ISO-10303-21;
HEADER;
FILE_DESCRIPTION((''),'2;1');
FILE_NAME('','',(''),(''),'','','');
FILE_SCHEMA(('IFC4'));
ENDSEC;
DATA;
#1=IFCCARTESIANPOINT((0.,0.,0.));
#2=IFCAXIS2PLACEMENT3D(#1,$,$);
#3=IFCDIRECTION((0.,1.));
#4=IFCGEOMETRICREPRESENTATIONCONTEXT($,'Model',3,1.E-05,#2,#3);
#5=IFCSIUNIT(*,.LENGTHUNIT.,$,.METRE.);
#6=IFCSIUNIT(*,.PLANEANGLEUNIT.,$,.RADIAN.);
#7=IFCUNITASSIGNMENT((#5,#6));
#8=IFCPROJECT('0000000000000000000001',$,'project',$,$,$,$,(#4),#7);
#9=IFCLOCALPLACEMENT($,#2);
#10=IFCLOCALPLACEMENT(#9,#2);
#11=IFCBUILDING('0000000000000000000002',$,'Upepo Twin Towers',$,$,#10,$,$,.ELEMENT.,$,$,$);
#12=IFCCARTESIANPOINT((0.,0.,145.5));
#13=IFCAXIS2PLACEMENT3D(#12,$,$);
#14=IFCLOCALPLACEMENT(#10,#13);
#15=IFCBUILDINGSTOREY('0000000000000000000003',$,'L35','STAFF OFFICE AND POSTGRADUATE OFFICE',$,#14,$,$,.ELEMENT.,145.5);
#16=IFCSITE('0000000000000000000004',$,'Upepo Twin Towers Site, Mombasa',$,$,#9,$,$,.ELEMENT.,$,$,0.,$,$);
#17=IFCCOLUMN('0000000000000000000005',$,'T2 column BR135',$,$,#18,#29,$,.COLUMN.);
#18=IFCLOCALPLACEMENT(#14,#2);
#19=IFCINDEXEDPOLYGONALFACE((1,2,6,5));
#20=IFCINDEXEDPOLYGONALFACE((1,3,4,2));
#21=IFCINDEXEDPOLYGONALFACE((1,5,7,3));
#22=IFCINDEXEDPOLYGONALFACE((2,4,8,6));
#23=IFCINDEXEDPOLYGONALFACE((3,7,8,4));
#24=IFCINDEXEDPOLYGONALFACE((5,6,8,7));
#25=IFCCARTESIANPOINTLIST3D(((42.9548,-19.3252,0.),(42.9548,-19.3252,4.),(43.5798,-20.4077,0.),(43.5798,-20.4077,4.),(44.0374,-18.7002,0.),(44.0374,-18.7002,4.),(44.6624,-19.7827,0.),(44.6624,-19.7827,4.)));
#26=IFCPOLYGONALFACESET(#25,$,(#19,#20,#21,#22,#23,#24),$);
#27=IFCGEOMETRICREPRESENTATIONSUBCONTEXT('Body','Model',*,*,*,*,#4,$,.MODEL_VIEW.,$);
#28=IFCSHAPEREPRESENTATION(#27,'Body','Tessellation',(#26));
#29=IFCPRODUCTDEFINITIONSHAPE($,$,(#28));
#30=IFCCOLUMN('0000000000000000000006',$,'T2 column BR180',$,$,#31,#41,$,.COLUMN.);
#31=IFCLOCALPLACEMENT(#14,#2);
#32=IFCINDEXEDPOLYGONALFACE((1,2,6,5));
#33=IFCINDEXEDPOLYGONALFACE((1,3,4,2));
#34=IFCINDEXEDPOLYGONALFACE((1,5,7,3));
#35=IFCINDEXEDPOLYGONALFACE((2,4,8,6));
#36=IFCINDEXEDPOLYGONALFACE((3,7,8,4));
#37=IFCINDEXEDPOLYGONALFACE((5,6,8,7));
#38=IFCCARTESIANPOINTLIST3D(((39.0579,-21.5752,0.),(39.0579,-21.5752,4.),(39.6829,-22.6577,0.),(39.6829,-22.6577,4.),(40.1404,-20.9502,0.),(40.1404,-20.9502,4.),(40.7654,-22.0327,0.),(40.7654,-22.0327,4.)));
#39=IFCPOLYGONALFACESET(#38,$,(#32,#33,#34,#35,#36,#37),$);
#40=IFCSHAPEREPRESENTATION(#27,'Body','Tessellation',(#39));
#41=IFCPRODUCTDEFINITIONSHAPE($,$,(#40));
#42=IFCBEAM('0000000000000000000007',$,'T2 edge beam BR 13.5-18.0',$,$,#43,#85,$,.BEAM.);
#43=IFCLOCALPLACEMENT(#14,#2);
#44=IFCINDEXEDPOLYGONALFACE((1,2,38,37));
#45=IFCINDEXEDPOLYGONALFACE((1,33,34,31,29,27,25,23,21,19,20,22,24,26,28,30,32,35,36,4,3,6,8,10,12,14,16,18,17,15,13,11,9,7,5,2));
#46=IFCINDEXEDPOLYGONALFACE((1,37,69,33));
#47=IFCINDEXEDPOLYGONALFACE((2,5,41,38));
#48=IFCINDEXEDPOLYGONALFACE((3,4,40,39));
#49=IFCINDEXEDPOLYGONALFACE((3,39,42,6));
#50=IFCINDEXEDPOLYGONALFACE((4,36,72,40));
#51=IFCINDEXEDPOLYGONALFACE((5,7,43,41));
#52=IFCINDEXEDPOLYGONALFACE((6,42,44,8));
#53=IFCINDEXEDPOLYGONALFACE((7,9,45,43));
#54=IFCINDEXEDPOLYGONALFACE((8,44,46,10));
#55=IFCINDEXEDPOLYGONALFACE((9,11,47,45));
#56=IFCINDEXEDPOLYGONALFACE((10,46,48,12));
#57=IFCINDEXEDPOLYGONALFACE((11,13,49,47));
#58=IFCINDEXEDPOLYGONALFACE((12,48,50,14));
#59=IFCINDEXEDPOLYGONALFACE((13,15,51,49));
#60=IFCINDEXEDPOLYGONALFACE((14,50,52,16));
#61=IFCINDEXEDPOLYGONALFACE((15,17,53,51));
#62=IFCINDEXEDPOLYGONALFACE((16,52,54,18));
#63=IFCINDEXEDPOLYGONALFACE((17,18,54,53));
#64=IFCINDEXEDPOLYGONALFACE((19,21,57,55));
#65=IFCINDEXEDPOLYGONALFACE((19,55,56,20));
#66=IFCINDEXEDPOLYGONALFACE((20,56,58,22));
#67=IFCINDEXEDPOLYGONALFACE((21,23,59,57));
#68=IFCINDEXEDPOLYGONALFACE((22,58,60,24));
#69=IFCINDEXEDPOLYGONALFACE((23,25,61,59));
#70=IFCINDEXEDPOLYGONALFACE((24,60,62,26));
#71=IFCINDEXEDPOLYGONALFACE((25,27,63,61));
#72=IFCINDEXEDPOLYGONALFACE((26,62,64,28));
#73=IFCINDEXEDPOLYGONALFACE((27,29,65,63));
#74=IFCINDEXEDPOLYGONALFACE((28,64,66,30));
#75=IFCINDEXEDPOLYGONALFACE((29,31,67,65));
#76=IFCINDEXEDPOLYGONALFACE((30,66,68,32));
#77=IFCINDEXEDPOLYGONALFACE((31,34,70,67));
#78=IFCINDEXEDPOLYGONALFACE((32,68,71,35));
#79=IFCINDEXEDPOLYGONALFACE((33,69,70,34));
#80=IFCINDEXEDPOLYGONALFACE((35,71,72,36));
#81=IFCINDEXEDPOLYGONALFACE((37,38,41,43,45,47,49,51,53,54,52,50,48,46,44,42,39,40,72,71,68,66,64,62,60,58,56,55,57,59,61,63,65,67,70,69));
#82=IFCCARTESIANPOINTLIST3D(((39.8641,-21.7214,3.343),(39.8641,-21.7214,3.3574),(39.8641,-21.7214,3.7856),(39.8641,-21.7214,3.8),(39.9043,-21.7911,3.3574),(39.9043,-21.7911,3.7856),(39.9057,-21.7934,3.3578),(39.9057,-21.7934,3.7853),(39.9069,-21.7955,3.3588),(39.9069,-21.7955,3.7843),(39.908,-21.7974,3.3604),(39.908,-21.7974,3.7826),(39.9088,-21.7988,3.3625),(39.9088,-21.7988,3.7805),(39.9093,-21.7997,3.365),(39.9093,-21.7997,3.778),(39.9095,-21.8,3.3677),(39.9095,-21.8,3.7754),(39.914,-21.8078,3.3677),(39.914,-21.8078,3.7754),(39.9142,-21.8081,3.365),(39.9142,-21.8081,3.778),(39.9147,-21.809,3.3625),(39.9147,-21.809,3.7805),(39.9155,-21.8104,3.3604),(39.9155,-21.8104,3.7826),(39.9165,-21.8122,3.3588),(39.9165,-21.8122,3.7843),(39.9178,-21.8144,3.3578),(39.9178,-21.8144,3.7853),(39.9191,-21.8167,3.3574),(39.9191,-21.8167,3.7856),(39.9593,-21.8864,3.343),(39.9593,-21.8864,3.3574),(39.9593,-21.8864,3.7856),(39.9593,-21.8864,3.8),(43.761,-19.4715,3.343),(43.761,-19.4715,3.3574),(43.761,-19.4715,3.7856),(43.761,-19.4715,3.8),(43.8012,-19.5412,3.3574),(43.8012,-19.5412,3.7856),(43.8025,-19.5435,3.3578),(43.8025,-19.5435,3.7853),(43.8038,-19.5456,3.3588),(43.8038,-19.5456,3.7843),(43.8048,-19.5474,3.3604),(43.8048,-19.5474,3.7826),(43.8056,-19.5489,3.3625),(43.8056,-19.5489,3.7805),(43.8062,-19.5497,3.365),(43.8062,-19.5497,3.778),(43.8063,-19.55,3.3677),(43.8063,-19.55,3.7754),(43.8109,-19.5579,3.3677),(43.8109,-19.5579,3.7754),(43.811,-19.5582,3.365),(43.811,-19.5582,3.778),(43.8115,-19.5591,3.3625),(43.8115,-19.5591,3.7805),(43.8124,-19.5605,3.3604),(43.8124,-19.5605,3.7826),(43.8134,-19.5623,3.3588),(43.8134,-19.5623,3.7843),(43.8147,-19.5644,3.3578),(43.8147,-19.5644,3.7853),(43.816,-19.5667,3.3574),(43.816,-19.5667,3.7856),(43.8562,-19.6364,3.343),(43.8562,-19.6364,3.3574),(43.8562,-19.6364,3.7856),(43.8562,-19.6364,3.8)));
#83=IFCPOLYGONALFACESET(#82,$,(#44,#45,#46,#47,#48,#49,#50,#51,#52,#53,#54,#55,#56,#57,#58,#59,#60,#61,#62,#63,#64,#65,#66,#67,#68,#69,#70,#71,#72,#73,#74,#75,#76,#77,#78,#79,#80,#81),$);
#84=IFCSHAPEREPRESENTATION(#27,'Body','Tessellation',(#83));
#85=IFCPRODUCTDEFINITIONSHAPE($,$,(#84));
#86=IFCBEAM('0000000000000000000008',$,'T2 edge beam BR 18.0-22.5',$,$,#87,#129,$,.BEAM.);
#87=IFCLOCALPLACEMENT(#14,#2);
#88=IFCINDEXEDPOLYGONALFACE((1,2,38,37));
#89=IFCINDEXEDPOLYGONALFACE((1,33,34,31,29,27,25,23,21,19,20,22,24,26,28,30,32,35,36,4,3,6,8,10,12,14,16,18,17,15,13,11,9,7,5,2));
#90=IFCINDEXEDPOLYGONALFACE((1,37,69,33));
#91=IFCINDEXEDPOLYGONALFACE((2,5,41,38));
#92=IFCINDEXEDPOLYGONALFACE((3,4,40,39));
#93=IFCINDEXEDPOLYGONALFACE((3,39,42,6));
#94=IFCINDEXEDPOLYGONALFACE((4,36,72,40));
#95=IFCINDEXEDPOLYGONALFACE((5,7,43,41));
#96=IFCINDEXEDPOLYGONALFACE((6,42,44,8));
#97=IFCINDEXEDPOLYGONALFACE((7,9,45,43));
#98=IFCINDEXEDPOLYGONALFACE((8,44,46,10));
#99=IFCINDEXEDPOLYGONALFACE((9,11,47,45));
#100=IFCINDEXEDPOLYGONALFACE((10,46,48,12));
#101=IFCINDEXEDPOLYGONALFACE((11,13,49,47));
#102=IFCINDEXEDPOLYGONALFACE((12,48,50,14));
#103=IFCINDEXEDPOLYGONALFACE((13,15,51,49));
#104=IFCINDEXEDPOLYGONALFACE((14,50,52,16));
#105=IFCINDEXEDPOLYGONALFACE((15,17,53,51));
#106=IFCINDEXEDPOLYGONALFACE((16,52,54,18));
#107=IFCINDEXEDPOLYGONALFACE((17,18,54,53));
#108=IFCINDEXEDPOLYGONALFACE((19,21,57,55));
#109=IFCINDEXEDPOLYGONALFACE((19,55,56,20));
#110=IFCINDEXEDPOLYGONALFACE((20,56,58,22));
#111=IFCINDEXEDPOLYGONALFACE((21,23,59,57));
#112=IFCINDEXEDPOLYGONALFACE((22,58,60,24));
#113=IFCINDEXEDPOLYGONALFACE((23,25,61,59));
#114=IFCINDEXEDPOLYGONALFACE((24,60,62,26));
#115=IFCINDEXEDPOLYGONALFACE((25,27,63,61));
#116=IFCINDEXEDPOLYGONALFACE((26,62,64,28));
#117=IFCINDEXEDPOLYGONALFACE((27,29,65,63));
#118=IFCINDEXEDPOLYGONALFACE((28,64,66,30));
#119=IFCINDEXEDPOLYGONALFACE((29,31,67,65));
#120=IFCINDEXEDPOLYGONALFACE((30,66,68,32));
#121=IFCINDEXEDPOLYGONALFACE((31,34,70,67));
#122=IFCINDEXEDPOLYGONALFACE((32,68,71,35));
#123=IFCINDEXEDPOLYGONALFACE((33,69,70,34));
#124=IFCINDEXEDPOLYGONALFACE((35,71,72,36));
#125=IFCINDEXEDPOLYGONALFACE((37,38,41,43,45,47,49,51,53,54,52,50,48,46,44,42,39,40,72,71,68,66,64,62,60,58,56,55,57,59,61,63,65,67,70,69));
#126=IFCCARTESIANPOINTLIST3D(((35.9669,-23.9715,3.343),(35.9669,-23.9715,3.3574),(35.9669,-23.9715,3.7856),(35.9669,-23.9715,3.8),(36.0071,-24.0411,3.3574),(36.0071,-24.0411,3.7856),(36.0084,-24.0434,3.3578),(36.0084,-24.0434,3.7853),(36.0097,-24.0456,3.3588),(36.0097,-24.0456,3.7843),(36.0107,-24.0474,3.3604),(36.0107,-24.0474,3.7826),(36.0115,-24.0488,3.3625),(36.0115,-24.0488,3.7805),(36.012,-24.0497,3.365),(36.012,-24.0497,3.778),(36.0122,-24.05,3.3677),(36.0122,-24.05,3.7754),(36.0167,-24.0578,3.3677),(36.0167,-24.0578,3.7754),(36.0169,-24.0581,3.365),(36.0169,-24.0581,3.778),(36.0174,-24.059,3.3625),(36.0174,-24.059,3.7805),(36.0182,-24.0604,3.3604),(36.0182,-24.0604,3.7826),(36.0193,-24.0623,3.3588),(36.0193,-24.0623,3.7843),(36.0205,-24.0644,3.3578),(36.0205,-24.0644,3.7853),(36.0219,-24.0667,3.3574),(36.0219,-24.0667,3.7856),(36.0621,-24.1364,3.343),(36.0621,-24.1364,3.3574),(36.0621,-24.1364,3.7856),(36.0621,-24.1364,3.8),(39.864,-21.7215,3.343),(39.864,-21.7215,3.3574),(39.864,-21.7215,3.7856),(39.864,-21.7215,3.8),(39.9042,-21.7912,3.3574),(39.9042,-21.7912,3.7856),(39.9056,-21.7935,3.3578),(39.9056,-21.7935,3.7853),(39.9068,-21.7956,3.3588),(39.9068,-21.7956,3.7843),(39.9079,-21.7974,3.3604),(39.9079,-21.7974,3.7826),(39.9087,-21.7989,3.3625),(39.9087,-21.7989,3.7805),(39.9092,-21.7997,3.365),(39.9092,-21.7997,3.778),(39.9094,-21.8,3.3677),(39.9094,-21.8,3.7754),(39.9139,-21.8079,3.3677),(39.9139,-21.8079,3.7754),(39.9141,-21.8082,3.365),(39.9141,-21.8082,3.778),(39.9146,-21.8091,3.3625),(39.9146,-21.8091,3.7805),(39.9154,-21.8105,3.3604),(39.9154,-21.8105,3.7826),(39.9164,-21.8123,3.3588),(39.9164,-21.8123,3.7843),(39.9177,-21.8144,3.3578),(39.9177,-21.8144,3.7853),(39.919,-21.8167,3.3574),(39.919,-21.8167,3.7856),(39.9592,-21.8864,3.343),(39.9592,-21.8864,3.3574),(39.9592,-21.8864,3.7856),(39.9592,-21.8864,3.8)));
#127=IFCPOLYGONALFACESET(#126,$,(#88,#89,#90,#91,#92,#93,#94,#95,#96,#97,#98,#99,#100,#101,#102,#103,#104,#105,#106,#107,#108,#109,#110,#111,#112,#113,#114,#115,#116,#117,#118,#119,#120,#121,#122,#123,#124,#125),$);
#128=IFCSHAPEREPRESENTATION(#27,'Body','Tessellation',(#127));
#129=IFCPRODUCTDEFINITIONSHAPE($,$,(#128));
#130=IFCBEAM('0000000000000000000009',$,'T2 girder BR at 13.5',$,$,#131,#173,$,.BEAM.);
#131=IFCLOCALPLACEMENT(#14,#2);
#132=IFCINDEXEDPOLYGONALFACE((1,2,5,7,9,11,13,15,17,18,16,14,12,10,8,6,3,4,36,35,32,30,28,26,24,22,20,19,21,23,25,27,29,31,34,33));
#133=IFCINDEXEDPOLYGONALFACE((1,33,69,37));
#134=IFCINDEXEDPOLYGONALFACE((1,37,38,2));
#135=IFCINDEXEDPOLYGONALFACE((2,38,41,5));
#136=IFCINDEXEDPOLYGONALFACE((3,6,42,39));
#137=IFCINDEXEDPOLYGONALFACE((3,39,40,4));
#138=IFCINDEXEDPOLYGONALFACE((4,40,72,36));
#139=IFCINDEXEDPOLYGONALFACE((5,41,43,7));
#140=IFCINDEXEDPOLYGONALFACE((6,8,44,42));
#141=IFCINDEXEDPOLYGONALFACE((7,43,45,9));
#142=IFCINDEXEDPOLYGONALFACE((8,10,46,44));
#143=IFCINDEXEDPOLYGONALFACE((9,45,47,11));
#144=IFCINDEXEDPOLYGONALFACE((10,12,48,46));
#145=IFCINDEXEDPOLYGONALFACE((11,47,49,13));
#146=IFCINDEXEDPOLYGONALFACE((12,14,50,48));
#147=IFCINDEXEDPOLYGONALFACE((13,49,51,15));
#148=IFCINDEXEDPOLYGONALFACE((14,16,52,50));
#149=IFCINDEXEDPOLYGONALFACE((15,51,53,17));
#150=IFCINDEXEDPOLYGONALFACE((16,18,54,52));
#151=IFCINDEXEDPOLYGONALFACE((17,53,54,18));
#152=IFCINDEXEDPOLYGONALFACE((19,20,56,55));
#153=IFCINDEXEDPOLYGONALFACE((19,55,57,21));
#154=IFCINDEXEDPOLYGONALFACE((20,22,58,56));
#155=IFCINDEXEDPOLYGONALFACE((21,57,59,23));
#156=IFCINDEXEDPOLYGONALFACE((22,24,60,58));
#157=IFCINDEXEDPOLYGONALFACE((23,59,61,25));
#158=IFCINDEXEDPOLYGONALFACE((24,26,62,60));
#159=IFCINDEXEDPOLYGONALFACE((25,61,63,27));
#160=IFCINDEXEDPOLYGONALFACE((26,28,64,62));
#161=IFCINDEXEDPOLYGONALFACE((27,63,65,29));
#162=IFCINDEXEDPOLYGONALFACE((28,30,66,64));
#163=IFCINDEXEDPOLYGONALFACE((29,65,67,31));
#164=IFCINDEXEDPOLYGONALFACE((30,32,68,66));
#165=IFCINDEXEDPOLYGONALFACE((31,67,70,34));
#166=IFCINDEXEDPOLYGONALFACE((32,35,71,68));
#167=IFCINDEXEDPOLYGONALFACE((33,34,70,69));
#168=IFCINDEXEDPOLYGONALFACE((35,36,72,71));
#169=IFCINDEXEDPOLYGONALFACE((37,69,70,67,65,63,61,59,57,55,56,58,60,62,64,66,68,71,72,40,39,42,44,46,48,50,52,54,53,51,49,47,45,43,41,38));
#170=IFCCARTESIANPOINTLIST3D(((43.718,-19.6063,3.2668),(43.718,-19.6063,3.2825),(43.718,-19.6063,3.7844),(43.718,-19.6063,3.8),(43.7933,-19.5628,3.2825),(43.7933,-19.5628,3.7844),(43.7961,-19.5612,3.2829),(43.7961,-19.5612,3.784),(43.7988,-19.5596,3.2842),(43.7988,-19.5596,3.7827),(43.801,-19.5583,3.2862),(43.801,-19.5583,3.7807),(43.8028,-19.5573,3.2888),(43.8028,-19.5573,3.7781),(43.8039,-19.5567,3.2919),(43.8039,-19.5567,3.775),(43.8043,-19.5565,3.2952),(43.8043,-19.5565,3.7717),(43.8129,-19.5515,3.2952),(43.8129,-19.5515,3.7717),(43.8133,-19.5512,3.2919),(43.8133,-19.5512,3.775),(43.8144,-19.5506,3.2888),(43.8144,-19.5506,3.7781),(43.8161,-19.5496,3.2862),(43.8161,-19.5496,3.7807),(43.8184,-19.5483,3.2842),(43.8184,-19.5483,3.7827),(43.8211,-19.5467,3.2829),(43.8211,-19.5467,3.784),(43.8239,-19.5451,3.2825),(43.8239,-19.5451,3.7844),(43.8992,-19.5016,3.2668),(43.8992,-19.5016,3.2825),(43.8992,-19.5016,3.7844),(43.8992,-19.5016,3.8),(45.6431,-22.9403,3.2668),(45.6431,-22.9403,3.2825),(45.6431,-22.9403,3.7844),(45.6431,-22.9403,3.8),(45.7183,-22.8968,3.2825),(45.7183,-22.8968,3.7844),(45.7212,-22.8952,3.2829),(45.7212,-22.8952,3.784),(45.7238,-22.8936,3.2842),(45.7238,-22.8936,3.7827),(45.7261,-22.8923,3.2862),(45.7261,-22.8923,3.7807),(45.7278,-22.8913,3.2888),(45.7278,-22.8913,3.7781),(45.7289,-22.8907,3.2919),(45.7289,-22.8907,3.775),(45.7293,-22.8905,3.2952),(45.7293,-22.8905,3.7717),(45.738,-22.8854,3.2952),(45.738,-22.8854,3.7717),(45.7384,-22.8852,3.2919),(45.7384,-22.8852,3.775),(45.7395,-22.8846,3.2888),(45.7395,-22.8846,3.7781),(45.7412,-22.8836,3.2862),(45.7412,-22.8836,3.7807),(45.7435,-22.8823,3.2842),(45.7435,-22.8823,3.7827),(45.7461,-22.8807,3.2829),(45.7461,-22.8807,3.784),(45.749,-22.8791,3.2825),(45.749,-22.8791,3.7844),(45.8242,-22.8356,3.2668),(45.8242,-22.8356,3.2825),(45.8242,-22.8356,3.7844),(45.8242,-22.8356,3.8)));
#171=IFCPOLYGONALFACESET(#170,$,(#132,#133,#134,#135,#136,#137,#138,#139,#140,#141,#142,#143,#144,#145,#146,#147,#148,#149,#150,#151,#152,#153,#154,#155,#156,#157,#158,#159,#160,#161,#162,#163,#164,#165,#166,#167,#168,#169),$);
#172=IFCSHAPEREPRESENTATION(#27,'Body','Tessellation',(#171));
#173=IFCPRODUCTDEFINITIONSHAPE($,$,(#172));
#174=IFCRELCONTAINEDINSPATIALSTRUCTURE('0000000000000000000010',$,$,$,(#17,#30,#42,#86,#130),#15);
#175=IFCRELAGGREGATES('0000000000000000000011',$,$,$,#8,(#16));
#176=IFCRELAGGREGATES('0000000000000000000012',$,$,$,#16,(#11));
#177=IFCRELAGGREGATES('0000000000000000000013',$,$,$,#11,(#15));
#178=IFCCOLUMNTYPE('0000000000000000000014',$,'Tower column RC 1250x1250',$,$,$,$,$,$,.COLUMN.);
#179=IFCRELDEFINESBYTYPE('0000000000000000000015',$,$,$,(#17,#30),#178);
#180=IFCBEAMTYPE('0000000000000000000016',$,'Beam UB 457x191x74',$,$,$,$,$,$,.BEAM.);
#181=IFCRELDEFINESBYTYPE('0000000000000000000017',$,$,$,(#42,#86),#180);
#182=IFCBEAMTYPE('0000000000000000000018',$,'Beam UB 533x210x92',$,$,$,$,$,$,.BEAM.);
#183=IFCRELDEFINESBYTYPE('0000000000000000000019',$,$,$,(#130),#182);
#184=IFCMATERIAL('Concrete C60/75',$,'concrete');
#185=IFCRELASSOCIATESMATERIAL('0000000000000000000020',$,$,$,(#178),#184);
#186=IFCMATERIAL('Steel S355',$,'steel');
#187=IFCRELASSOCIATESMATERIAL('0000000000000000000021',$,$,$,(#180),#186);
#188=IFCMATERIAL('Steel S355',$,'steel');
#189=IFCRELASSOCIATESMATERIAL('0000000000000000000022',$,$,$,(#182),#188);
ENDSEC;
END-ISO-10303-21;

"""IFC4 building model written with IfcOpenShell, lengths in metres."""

from ifc_helpers import new_model, si_unit, direction, frame, origin, origin_2d, place, context, subcontext, project, spatial, rectangle, i_section, extrude, material, material_profile, profile_set, type_object, element, save


model = new_model("IFC4")

# Units and contexts
model_context = context("Model", 3, precision=1e-05, world=origin(), true_north=direction((0.0, 1.0)))
body_context = subcontext(model_context, "Body", "Model", "MODEL_VIEW")
ifc_project = project(units=[si_unit("LENGTHUNIT", "METRE"), si_unit("PLANEANGLEUNIT", "RADIAN")], contexts=[model_context])

# Site, building, storey
site_placement = place(None, origin())
site = spatial("IfcSite", under=ifc_project, at=site_placement, Name="Upepo Twin Towers Site, Mombasa", CompositionType="ELEMENT", RefElevation=0.0)
building_placement = place(site_placement, origin())
building = spatial("IfcBuilding", under=site, at=building_placement, Name="Upepo Twin Towers", CompositionType="ELEMENT")
storey_placement = place(building_placement, frame((0.0, 0.0, 145.5)))
storey = spatial("IfcBuildingStorey", under=building, at=storey_placement, Name="L35", Description="STAFF OFFICE AND POSTGRADUATE OFFICE", CompositionType="ELEMENT", Elevation=145.5)

# Columns
ifc_material_1 = material(Name="Concrete C60/75", Category="concrete")
ifc_material_profile_1 = material_profile(ifc_material_1, rectangle(XDim=1.25, YDim=1.25, at=origin_2d()), Name="RC 1250x1250")
ifc_profile_set_1 = profile_set([ifc_material_profile_1], Name="Concrete C60/75")
column_type = type_object("IfcColumnType", Name="Tower column RC 1250x1250", PredefinedType="COLUMN", material=ifc_profile_set_1)
for number, where, z_axis, x_axis, name in (
    (1, (43.8086, -19.554, 0.0), (0.0, 0.0, 1.0), (0.866025, 0.5, 0.0), "T2 column BR135"),
    (2, (39.9116, -21.804, 0.0), (0.0, 0.0, 1.0), (0.866025, 0.5, 0.0), "T2 column BR180"),
):
    element("IfcColumn", number, at=place(storey_placement, frame(where, z_axis=z_axis, x_axis=x_axis)), inside=storey, type_object=column_type, Name=name, PredefinedType="COLUMN", context=body_context, shape_type="SweptSolid", body=[
        extrude(rectangle(XDim=1.25, YDim=1.25, at=origin_2d()), origin(), (0.0, 0.0, 1.0), 4.0),
    ])

# Beams
ifc_material_2 = material(Name="Steel S355", Category="steel")
ifc_material_profile_2 = material_profile(ifc_material_2, i_section(OverallWidth=0.1904, OverallDepth=0.457, WebThickness=0.009, FlangeThickness=0.0144, FilletRadius=0.0103, at=origin_2d()), Name="UB 457x191x74")
ifc_profile_set_2 = profile_set([ifc_material_profile_2], Name="Steel S355")
beam_type_1 = type_object("IfcBeamType", Name="Beam UB 457x191x74", PredefinedType="BEAM", material=ifc_profile_set_2)
beam_1_placement = place(storey_placement, frame((43.8086, -19.554, 3.5715), z_axis=(-0.866018, -0.500014, 0.0), x_axis=(0.500014, -0.866018, 0.0)))
element("IfcBeam", 3, at=beam_1_placement, inside=storey, type_object=beam_type_1, Name="T2 edge beam BR 13.5-18.0", PredefinedType="BEAM", context=body_context, shape_type="SweptSolid", body=[
    extrude(i_section(OverallWidth=0.1904, OverallDepth=0.457, WebThickness=0.009, FlangeThickness=0.0144, FilletRadius=0.0103, at=origin_2d()), origin(), (0.0, 0.0, 1.0), 4.4998),
])
beam_2_placement = place(storey_placement, frame((39.9116, -21.804, 3.5715), z_axis=(-0.866031, -0.49999, 0.0), x_axis=(0.49999, -0.866031, 0.0)))
element("IfcBeam", 4, at=beam_2_placement, inside=storey, type_object=beam_type_1, Name="T2 edge beam BR 18.0-22.5", PredefinedType="BEAM", context=body_context, shape_type="SweptSolid", body=[
    extrude(i_section(OverallWidth=0.1904, OverallDepth=0.457, WebThickness=0.009, FlangeThickness=0.0144, FilletRadius=0.0103, at=origin_2d()), origin(), (0.0, 0.0, 1.0), 4.5),
])
ifc_material_3 = material(Name="Steel S355", Category="steel")
ifc_material_profile_3 = material_profile(ifc_material_3, i_section(OverallWidth=0.2092, OverallDepth=0.5332, WebThickness=0.01, FlangeThickness=0.0156, FilletRadius=0.0127, at=origin_2d()), Name="UB 533x210x92")
ifc_profile_set_3 = profile_set([ifc_material_profile_3], Name="Steel S355")
beam_type_2 = type_object("IfcBeamType", Name="Beam UB 533x210x92", PredefinedType="BEAM", material=ifc_profile_set_3)
beam_3_placement = place(storey_placement, frame((43.8086, -19.554, 3.5334), z_axis=(0.500034, -0.866006, 0.0), x_axis=(0.866006, 0.500034, 0.0)))
element("IfcBeam", 5, at=beam_3_placement, inside=storey, type_object=beam_type_2, Name="T2 girder BR at 13.5", PredefinedType="BEAM", context=body_context, shape_type="SweptSolid", body=[
    extrude(i_section(OverallWidth=0.2092, OverallDepth=0.5332, WebThickness=0.01, FlangeThickness=0.0156, FilletRadius=0.0127, at=origin_2d()), origin(), (0.0, 0.0, 1.0), 3.8499),
])

save(model, "model.ifc")
